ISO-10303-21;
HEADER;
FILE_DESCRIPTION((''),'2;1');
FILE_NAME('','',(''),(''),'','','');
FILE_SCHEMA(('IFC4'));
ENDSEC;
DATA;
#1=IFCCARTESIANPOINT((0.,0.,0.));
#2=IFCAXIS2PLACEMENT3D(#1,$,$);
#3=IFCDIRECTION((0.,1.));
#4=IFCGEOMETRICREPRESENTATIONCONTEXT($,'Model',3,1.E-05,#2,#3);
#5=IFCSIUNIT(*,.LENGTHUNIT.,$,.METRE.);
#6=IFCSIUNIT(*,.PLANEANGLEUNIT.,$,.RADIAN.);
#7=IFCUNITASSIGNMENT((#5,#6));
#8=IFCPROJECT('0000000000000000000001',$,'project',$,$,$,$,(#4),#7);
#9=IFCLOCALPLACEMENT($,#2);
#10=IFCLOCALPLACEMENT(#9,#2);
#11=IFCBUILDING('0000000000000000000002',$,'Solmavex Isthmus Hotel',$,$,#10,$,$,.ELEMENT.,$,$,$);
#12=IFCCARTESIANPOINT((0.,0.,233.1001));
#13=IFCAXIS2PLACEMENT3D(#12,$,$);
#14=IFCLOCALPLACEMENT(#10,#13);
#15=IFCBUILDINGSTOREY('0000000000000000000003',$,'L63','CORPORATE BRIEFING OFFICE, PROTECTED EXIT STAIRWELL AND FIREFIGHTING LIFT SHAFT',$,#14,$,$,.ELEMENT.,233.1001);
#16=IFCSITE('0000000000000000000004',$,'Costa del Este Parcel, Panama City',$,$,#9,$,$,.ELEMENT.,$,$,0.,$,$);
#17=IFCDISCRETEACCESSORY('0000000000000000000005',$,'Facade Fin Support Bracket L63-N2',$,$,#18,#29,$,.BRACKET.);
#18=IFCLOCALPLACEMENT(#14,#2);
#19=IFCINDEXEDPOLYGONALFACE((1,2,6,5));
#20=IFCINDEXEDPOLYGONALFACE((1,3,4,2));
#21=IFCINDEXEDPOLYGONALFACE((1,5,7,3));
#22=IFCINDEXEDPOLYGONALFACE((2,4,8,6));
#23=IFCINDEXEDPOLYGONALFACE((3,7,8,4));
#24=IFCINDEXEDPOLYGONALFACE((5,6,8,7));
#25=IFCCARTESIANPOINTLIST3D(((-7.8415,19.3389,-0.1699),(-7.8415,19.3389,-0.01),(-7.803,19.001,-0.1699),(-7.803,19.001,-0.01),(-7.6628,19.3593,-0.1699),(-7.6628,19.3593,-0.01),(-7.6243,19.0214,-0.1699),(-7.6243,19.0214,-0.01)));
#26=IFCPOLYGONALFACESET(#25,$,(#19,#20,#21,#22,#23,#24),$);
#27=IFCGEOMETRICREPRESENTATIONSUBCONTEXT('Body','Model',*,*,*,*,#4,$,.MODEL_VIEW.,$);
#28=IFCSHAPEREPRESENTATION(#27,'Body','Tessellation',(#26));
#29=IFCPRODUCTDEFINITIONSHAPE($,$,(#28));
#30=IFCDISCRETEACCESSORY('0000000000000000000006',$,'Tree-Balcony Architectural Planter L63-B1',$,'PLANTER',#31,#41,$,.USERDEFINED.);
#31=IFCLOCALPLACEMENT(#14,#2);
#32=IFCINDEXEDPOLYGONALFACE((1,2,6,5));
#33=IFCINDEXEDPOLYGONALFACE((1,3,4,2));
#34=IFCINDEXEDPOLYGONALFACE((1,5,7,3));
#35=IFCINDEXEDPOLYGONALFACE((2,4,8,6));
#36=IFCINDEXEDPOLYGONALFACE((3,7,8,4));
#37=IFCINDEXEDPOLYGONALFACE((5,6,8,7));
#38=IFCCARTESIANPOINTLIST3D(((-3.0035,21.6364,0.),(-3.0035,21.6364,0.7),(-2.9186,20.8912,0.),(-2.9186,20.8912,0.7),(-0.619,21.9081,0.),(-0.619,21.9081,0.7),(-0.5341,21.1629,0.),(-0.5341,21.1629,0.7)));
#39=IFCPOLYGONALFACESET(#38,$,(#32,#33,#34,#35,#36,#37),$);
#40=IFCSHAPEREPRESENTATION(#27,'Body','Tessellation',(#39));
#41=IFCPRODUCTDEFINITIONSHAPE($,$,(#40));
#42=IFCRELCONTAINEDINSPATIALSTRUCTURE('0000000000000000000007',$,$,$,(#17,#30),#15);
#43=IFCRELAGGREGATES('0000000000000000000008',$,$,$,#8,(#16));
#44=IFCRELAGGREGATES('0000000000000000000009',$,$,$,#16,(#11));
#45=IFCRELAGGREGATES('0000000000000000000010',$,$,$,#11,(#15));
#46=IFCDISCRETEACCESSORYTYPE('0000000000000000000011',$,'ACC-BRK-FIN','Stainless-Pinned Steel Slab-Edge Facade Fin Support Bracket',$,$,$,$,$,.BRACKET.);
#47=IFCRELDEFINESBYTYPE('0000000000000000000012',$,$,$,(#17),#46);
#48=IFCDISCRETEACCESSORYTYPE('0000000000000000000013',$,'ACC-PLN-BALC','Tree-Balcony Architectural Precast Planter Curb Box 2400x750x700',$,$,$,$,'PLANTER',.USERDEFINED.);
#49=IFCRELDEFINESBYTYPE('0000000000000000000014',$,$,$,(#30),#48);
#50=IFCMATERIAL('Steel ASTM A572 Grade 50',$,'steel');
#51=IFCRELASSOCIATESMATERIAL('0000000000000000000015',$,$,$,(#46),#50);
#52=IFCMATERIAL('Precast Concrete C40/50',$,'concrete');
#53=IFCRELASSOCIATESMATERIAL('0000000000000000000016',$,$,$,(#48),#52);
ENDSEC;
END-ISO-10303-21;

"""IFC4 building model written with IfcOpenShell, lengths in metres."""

from ifc_helpers import new_model, si_unit, direction, frame, origin, origin_2d, place, context, subcontext, project, spatial, rectangle, extrude, material, type_object, element, save


model = new_model("IFC4")

# Units and contexts
model_context = context("Model", 3, precision=1e-05, world=origin(), true_north=direction((0.0, 1.0)))
body_context = subcontext(model_context, "Body", "Model", "MODEL_VIEW")
ifc_project = project(units=[si_unit("LENGTHUNIT", "METRE"), si_unit("PLANEANGLEUNIT", "RADIAN")], contexts=[model_context])

# Site, building, storey
site_placement = place(None, origin())
site = spatial("IfcSite", under=ifc_project, at=site_placement, Name="Costa del Este Parcel, Panama City", CompositionType="ELEMENT", RefElevation=0.0)
building_placement = place(site_placement, origin())
building = spatial("IfcBuilding", under=site, at=building_placement, Name="Solmavex Isthmus Hotel", CompositionType="ELEMENT")
storey_placement = place(building_placement, frame((0.0, 0.0, 233.1001)))
storey = spatial("IfcBuildingStorey", under=building, at=storey_placement, Name="L63", Description="CORPORATE BRIEFING OFFICE, PROTECTED EXIT STAIRWELL AND FIREFIGHTING LIFT SHAFT", CompositionType="ELEMENT", Elevation=233.1001)

# Shared definitions
ifc_material_1 = material(Name="Precast Concrete C40/50", Category="concrete")

# Discrete accessories
ifc_material_2 = material(Name="Steel ASTM A572 Grade 50", Category="steel")
discrete_accessory_type_1 = type_object("IfcDiscreteAccessoryType", Name="ACC-BRK-FIN", Description="Stainless-Pinned Steel Slab-Edge Facade Fin Support Bracket", PredefinedType="BRACKET", material=ifc_material_2)
discrete_accessory_1_placement = place(storey_placement, frame((-7.7329, 19.1802, -0.1699), z_axis=(0.0, 0.0, 1.0), x_axis=(-0.113203, 0.993572, 0.0)))
element("IfcDiscreteAccessory", 1, at=discrete_accessory_1_placement, inside=storey, type_object=discrete_accessory_type_1, Name="Facade Fin Support Bracket L63-N2", PredefinedType="BRACKET", context=body_context, shape_type="SweptSolid", body=[
    extrude(rectangle(XDim=0.3401, YDim=0.1799, at=origin_2d()), origin(), (0.0, 0.0, 1.0), 0.1599),
])
discrete_accessory_type_2 = type_object("IfcDiscreteAccessoryType", Name="ACC-PLN-BALC", Description="Tree-Balcony Architectural Precast Planter Curb Box 2400x750x700", ElementType="PLANTER", PredefinedType="USERDEFINED", material=ifc_material_1)
discrete_accessory_2_placement = place(storey_placement, frame((-1.7688, 21.3997, 0.0), z_axis=(0.0, 0.0, 1.0), x_axis=(0.993572, 0.113203, 0.0)))
element("IfcDiscreteAccessory", 2, at=discrete_accessory_2_placement, inside=storey, type_object=discrete_accessory_type_2, Name="Tree-Balcony Architectural Planter L63-B1", ObjectType="PLANTER", PredefinedType="USERDEFINED", context=body_context, shape_type="SweptSolid", body=[
    extrude(rectangle(XDim=2.3999, YDim=0.75, at=origin_2d()), origin(), (0.0, 0.0, 1.0), 0.7),
])

save(model, "model.ifc")
